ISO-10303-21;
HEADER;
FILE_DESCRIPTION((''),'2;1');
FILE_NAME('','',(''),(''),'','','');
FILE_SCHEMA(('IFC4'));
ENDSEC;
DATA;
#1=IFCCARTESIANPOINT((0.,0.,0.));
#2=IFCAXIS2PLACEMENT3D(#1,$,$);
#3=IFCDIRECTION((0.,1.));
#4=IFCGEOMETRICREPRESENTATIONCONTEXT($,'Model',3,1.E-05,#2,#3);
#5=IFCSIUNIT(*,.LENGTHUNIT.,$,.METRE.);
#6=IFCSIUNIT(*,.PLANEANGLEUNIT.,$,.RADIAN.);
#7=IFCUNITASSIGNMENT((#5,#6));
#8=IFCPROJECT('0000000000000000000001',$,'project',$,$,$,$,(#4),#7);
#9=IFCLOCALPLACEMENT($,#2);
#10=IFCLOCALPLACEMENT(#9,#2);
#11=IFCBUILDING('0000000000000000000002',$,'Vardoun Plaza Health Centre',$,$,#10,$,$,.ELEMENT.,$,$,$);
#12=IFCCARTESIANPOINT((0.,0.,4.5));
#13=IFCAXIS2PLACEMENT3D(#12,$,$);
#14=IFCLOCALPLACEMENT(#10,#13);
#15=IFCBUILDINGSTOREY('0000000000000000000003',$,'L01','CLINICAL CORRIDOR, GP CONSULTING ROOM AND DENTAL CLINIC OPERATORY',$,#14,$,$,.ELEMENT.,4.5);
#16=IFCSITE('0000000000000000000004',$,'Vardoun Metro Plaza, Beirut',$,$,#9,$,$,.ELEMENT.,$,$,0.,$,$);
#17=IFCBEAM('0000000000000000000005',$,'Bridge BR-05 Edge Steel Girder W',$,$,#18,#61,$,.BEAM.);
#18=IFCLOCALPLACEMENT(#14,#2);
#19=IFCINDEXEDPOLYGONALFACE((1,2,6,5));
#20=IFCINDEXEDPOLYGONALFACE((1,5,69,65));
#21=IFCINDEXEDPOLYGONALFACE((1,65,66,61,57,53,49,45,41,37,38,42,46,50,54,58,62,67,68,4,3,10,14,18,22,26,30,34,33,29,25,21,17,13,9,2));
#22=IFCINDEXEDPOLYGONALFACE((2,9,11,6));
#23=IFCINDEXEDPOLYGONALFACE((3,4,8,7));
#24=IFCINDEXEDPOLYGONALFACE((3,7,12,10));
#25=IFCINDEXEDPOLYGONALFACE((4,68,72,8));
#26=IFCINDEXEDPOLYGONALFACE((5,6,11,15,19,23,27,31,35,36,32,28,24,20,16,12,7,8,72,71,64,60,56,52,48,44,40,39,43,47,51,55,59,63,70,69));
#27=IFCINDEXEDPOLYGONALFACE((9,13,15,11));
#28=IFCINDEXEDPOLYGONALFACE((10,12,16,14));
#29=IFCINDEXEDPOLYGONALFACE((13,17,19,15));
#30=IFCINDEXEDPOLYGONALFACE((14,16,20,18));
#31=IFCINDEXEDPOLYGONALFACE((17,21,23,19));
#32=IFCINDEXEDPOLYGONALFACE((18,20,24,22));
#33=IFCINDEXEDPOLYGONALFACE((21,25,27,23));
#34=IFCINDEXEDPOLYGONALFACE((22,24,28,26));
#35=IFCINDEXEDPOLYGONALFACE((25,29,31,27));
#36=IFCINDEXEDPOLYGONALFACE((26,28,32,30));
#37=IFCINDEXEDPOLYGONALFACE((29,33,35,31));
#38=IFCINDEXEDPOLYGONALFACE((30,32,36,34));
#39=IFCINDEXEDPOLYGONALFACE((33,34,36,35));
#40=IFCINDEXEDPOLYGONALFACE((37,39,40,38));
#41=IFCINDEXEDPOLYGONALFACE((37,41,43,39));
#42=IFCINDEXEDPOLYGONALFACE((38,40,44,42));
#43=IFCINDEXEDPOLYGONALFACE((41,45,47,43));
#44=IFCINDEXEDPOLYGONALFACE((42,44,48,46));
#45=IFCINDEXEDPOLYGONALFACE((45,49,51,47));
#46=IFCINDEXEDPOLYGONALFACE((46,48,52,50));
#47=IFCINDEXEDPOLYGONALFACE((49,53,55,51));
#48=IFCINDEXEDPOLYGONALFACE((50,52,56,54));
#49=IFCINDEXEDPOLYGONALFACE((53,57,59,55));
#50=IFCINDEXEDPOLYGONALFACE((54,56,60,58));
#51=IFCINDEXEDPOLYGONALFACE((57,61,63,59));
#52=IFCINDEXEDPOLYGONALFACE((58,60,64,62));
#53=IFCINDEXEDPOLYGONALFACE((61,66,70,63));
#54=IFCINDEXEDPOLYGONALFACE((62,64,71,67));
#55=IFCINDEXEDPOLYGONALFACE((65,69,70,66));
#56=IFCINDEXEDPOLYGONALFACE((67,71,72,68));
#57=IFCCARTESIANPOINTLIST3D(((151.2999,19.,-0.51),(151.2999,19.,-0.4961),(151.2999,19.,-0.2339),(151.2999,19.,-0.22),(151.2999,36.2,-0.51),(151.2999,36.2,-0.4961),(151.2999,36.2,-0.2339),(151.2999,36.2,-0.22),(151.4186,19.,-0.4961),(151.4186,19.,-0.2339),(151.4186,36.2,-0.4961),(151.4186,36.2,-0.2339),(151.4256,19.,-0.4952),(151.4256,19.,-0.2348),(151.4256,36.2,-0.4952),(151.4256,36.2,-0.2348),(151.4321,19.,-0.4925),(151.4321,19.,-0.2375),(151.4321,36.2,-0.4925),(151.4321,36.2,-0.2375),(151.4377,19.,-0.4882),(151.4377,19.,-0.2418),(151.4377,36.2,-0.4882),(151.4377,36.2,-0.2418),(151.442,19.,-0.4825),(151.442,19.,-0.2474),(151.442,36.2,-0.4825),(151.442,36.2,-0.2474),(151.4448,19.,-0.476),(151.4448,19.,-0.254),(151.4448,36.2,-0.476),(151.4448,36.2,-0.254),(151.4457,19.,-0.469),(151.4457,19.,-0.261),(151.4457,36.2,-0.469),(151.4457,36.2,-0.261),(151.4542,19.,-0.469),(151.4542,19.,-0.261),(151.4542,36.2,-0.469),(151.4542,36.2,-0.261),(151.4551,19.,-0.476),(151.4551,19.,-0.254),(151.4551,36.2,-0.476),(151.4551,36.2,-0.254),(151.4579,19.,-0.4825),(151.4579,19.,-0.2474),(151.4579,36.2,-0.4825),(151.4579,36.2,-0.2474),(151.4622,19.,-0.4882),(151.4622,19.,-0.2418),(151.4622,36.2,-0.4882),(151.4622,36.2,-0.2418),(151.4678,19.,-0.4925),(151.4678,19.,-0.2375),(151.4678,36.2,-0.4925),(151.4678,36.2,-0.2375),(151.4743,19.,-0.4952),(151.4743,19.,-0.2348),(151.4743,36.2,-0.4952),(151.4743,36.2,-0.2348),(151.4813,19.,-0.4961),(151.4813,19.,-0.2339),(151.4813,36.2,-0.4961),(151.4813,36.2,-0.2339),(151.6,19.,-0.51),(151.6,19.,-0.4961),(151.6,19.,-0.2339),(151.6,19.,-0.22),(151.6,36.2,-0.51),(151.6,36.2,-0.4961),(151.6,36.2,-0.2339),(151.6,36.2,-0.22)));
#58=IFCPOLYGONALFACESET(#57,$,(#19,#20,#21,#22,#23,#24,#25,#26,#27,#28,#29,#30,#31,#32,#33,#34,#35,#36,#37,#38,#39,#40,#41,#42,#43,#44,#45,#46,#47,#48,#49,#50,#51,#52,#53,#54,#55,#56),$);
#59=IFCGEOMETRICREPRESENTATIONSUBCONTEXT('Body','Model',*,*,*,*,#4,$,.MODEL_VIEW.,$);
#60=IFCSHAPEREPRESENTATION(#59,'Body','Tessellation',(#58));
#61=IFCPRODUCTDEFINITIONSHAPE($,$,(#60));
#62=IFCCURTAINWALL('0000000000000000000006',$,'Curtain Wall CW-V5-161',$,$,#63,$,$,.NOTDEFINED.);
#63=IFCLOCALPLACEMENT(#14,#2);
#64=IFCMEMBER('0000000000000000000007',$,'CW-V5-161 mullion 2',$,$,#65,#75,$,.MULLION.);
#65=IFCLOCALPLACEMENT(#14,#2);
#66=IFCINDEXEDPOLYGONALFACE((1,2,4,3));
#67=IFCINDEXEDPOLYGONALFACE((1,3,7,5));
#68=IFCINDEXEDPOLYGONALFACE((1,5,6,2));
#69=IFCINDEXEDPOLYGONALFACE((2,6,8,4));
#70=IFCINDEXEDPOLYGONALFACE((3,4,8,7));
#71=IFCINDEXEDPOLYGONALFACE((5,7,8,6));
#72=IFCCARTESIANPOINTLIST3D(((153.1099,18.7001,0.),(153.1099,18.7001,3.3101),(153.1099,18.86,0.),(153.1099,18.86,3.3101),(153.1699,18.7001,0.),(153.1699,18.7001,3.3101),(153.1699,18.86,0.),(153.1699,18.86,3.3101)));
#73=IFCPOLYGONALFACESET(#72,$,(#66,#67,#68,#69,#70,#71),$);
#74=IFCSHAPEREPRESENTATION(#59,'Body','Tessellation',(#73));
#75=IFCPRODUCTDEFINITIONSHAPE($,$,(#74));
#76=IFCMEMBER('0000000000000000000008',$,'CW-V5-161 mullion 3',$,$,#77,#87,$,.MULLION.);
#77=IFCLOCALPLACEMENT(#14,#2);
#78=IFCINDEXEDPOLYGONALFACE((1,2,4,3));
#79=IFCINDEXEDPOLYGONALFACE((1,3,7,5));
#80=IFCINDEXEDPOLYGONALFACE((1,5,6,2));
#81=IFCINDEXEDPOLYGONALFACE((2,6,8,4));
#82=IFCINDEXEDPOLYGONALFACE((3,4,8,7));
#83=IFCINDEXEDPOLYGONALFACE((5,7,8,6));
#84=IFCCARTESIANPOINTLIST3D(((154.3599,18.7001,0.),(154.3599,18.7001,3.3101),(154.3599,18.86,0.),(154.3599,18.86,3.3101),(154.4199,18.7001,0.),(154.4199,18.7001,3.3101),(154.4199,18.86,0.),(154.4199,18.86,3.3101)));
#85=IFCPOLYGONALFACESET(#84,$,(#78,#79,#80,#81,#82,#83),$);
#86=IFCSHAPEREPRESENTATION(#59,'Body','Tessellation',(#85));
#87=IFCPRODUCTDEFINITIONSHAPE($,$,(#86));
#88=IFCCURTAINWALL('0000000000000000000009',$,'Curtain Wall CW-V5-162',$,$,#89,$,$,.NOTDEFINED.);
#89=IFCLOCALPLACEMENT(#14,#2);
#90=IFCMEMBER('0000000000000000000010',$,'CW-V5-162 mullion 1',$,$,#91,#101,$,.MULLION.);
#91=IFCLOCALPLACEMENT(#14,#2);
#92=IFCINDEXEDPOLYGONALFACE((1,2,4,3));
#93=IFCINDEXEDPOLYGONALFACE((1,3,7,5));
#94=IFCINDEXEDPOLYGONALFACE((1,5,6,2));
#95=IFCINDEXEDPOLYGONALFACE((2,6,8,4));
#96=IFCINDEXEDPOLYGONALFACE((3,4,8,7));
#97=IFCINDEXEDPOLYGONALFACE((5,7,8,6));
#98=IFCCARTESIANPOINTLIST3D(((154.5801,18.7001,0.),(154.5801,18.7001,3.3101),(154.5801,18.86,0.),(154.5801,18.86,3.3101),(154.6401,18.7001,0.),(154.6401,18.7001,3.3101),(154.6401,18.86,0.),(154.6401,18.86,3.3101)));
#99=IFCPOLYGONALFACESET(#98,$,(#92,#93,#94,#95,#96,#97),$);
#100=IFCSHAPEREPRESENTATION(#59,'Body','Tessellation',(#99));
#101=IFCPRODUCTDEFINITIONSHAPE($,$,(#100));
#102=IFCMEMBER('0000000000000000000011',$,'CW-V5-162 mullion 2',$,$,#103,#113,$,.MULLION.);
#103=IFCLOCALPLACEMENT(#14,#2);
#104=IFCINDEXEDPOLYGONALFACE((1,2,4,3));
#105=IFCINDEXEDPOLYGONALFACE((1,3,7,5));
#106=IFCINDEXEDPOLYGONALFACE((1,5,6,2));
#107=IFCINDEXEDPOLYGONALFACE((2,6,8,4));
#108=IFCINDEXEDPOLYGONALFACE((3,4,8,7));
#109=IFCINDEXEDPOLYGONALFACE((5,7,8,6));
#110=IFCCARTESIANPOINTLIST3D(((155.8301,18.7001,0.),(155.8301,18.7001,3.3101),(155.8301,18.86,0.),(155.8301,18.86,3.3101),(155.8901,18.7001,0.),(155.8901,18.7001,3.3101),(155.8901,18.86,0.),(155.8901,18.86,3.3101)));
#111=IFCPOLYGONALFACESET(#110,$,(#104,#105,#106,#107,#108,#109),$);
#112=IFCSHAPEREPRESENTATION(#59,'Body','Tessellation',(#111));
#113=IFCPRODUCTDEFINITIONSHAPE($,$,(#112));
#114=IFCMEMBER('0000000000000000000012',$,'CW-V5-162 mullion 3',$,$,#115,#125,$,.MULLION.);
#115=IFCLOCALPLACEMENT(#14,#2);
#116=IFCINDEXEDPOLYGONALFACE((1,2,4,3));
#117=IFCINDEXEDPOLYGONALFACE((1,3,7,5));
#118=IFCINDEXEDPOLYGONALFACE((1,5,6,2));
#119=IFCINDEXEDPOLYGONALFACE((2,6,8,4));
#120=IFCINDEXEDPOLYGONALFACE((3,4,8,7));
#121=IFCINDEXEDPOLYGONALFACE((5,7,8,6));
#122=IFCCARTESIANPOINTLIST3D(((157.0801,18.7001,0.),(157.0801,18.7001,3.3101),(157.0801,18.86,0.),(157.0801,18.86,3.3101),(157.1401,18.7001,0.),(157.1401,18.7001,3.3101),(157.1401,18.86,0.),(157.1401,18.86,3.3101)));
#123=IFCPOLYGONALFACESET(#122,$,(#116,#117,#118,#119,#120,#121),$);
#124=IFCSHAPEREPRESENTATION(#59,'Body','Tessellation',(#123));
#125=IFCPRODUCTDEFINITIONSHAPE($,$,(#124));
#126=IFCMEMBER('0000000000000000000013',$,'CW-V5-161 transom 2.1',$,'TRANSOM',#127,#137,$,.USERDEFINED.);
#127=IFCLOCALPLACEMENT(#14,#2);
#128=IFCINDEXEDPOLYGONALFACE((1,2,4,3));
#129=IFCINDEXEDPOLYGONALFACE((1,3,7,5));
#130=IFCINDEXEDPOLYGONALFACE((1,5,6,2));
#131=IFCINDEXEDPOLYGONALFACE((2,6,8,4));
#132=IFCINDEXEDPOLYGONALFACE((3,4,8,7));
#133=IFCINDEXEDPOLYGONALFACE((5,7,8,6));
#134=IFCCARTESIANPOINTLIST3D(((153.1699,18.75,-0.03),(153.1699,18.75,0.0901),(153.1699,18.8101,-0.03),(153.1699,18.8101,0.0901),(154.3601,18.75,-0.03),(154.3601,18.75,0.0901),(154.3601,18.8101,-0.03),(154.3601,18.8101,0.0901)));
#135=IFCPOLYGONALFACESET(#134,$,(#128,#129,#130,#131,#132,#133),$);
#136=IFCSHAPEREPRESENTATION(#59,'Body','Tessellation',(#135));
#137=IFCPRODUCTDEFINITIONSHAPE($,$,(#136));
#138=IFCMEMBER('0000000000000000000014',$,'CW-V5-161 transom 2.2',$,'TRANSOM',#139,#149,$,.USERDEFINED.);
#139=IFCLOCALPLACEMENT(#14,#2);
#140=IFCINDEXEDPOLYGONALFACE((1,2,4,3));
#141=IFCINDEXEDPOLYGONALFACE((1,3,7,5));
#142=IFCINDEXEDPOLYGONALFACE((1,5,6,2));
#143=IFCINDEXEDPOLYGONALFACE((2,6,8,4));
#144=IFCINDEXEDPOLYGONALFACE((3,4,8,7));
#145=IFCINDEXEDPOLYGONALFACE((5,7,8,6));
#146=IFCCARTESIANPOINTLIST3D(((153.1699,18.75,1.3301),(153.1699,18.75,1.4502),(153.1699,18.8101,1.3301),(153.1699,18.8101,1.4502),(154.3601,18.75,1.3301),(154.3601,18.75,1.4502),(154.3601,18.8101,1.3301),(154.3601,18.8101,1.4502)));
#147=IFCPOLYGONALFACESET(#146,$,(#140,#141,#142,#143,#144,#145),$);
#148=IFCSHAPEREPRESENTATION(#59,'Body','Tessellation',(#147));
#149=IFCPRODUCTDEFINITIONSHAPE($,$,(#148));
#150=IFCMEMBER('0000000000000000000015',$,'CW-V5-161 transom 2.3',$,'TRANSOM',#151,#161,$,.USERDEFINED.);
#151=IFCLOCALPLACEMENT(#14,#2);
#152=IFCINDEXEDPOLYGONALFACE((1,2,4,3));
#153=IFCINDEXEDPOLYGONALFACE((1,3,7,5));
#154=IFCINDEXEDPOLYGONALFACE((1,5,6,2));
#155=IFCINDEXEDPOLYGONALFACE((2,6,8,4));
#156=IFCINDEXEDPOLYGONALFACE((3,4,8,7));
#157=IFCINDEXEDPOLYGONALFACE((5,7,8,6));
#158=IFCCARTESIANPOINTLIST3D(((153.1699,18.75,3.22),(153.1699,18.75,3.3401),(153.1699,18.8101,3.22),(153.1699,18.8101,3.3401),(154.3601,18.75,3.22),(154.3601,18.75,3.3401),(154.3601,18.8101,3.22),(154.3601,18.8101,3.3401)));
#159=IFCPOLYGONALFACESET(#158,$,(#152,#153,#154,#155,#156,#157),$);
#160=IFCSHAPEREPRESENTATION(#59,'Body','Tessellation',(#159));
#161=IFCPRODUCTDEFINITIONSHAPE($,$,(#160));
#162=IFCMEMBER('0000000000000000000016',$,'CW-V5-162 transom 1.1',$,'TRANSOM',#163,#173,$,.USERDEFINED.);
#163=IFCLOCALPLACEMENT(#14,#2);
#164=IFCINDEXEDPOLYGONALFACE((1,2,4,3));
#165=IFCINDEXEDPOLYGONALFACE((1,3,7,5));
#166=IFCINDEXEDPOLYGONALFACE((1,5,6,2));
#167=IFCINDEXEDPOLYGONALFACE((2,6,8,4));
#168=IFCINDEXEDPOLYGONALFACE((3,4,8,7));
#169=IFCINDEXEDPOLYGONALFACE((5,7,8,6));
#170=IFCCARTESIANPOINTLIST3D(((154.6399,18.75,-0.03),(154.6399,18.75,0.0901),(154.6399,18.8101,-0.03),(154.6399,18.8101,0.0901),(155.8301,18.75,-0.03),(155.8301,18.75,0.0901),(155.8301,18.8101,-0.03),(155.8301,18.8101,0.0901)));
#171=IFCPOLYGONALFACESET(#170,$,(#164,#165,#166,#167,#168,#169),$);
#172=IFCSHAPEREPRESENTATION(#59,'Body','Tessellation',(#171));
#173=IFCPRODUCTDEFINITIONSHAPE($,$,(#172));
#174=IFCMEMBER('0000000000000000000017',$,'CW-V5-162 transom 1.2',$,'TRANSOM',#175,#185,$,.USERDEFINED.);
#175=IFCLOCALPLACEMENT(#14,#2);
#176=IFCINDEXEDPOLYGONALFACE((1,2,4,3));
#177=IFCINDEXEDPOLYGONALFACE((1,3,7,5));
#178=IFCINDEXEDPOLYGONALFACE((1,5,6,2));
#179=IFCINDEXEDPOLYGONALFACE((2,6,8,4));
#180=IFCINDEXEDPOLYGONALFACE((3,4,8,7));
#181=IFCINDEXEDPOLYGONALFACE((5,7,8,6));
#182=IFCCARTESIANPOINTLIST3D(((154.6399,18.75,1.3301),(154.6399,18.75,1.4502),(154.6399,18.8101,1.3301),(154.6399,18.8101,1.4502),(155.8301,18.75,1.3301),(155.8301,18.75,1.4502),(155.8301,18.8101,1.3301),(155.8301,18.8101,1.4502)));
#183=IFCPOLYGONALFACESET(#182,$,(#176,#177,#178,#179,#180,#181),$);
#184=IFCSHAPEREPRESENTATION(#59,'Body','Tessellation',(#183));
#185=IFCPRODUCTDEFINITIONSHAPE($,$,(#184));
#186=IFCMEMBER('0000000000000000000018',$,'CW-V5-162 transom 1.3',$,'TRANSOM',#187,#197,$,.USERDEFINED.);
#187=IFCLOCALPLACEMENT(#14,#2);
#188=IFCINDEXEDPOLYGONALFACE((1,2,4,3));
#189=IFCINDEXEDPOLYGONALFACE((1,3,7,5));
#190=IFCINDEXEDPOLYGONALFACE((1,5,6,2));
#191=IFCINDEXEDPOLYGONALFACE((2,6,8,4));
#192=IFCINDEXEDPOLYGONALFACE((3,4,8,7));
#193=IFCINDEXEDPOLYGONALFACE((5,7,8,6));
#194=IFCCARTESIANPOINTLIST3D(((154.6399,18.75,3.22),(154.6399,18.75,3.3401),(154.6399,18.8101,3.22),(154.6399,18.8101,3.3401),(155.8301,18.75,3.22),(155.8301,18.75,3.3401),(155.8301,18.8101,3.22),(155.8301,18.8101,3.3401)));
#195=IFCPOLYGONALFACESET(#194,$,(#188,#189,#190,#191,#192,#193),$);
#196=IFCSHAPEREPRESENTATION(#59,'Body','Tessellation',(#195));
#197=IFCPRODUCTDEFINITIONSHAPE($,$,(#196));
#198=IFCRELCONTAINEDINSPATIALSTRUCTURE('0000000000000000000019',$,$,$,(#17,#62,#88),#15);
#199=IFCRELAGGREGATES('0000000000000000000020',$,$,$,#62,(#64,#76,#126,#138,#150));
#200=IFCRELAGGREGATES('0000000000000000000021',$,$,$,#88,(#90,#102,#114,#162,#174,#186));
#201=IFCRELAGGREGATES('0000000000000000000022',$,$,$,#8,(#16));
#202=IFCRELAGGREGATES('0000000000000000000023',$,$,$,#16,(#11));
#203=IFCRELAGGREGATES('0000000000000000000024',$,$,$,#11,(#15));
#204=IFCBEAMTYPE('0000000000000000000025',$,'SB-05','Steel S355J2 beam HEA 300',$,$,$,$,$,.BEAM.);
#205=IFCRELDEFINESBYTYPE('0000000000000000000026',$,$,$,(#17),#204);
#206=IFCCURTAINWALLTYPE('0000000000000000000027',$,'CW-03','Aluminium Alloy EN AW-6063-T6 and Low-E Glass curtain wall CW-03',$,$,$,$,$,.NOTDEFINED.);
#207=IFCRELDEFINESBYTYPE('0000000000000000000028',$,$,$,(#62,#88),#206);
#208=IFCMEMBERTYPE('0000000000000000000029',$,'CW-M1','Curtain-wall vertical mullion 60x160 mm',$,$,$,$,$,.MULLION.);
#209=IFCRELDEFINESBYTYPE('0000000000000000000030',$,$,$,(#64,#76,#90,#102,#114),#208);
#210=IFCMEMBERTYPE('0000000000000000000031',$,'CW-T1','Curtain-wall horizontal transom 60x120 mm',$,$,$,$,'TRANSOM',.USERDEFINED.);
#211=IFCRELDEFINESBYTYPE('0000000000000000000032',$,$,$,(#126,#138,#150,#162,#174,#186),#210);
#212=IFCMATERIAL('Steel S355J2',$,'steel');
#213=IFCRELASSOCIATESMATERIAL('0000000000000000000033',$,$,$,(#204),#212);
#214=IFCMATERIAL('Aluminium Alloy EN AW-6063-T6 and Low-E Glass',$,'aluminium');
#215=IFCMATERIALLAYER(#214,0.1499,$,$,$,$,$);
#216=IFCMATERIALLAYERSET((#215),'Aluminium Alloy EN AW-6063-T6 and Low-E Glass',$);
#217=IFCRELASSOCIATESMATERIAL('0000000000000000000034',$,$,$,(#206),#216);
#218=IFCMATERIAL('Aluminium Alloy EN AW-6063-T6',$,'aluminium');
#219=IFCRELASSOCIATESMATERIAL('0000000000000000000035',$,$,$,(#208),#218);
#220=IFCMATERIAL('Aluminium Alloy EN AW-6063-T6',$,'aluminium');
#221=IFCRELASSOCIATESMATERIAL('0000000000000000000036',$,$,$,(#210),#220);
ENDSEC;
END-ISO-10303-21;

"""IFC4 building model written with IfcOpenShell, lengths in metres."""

from ifc_helpers import new_model, si_unit, direction, frame, origin, origin_2d, place, context, subcontext, project, spatial, rectangle, i_section, extrude, material, layer, layer_set, material_profile, profile_set, type_object, element, aggregate, save


model = new_model("IFC4")

# Units and contexts
model_context = context("Model", 3, precision=1e-05, world=origin(), true_north=direction((0.0, 1.0)))
body_context = subcontext(model_context, "Body", "Model", "MODEL_VIEW")
ifc_project = project(units=[si_unit("LENGTHUNIT", "METRE"), si_unit("PLANEANGLEUNIT", "RADIAN")], contexts=[model_context])

# Site, building, storey
site_placement = place(None, origin())
site = spatial("IfcSite", under=ifc_project, at=site_placement, Name="Vardoun Metro Plaza, Beirut", CompositionType="ELEMENT", RefElevation=0.0)
building_placement = place(site_placement, origin())
building = spatial("IfcBuilding", under=site, at=building_placement, Name="Vardoun Plaza Health Centre", CompositionType="ELEMENT")
storey_placement = place(building_placement, frame((0.0, 0.0, 4.5)))
storey = spatial("IfcBuildingStorey", under=building, at=storey_placement, Name="L01", Description="CLINICAL CORRIDOR, GP CONSULTING ROOM AND DENTAL CLINIC OPERATORY", CompositionType="ELEMENT", Elevation=4.5)

# Beam
ifc_material_1 = material(Name="Steel S355J2", Category="steel")
ifc_material_profile_1 = material_profile(ifc_material_1, i_section(OverallWidth=0.3, OverallDepth=0.29, WebThickness=0.0085, FlangeThickness=0.0139, FilletRadius=0.0271, at=origin_2d()), Name="HEA 300")
ifc_profile_set_1 = profile_set([ifc_material_profile_1], Name="Steel S355J2")
beam_type = type_object("IfcBeamType", Name="SB-05", Description="Steel S355J2 beam HEA 300", PredefinedType="BEAM", material=ifc_profile_set_1)
beam_placement = place(storey_placement, frame((151.45, 19.0, -0.365), z_axis=(0.0, 1.0, 0.0), x_axis=(-1.0, 0.0, 0.0)))
element("IfcBeam", 1, at=beam_placement, inside=storey, type_object=beam_type, Name="Bridge BR-05 Edge Steel Girder W", PredefinedType="BEAM", context=body_context, shape_type="SweptSolid", body=[
    extrude(i_section(OverallWidth=0.3, OverallDepth=0.29, WebThickness=0.0085, FlangeThickness=0.0139, FilletRadius=0.0271, at=origin_2d()), origin(), (0.0, 0.0, 1.0), 17.2),
])

# Curtain walls, members
ifc_material_2 = material(Name="Aluminium Alloy EN AW-6063-T6 and Low-E Glass", Category="aluminium")
ifc_layer_1 = layer(ifc_material_2, 0.1499)
ifc_layer_set_1 = layer_set([ifc_layer_1], Name="Aluminium Alloy EN AW-6063-T6 and Low-E Glass")
curtain_wall_type = type_object("IfcCurtainWallType", Name="CW-03", Description="Aluminium Alloy EN AW-6063-T6 and Low-E Glass curtain wall CW-03", PredefinedType="NOTDEFINED", material=ifc_layer_set_1)
curtain_wall_1_placement = place(storey_placement, origin())
curtain_wall_1 = element("IfcCurtainWall", 2, at=curtain_wall_1_placement, inside=storey, type_object=curtain_wall_type, Name="Curtain Wall CW-V5-161", PredefinedType="NOTDEFINED")
ifc_material_3 = material(Name="Aluminium Alloy EN AW-6063-T6", Category="aluminium")
ifc_material_profile_2 = material_profile(ifc_material_3, rectangle(XDim=0.1599, YDim=0.0601, at=origin_2d()), Name="CWM 60x160")
ifc_profile_set_2 = profile_set([ifc_material_profile_2], Name="Aluminium Alloy EN AW-6063-T6")
member_type_1 = type_object("IfcMemberType", Name="CW-M1", Description="Curtain-wall vertical mullion 60x160 mm", PredefinedType="MULLION", material=ifc_profile_set_2)
member_1_placement = place(storey_placement, frame((153.1399, 18.78, 0.0), z_axis=(0.0, 0.0, 1.0), x_axis=(0.0, 1.0, 0.0)))
member_1 = element("IfcMember", 3, at=member_1_placement, type_object=member_type_1, Name="CW-V5-161 mullion 2", PredefinedType="MULLION", context=body_context, shape_type="SweptSolid", body=[
    extrude(rectangle(XDim=0.1599, YDim=0.0601, at=origin_2d()), origin(), (0.0, 0.0, 1.0), 3.3101),
])
member_2_placement = place(storey_placement, frame((154.3899, 18.78, 0.0), z_axis=(0.0, 0.0, 1.0), x_axis=(0.0, 1.0, 0.0)))
member_2 = element("IfcMember", 4, at=member_2_placement, type_object=member_type_1, Name="CW-V5-161 mullion 3", PredefinedType="MULLION", context=body_context, shape_type="SweptSolid", body=[
    extrude(rectangle(XDim=0.1599, YDim=0.0601, at=origin_2d()), origin(), (0.0, 0.0, 1.0), 3.3101),
])
curtain_wall_2_placement = place(storey_placement, origin())
curtain_wall_2 = element("IfcCurtainWall", 5, at=curtain_wall_2_placement, inside=storey, type_object=curtain_wall_type, Name="Curtain Wall CW-V5-162", PredefinedType="NOTDEFINED")
member_3_placement = place(storey_placement, frame((154.6101, 18.78, 0.0), z_axis=(0.0, 0.0, 1.0), x_axis=(0.0, 1.0, 0.0)))
member_3 = element("IfcMember", 6, at=member_3_placement, type_object=member_type_1, Name="CW-V5-162 mullion 1", PredefinedType="MULLION", context=body_context, shape_type="SweptSolid", body=[
    extrude(rectangle(XDim=0.1599, YDim=0.0601, at=origin_2d()), origin(), (0.0, 0.0, 1.0), 3.3101),
])
member_4_placement = place(storey_placement, frame((155.8601, 18.78, 0.0), z_axis=(0.0, 0.0, 1.0), x_axis=(0.0, 1.0, 0.0)))
member_4 = element("IfcMember", 7, at=member_4_placement, type_object=member_type_1, Name="CW-V5-162 mullion 2", PredefinedType="MULLION", context=body_context, shape_type="SweptSolid", body=[
    extrude(rectangle(XDim=0.1599, YDim=0.0601, at=origin_2d()), origin(), (0.0, 0.0, 1.0), 3.3101),
])
member_5_placement = place(storey_placement, frame((157.1101, 18.78, 0.0), z_axis=(0.0, 0.0, 1.0), x_axis=(0.0, 1.0, 0.0)))
member_5 = element("IfcMember", 8, at=member_5_placement, type_object=member_type_1, Name="CW-V5-162 mullion 3", PredefinedType="MULLION", context=body_context, shape_type="SweptSolid", body=[
    extrude(rectangle(XDim=0.1599, YDim=0.0601, at=origin_2d()), origin(), (0.0, 0.0, 1.0), 3.3101),
])

# Members
ifc_material_4 = material(Name="Aluminium Alloy EN AW-6063-T6", Category="aluminium")
ifc_material_profile_3 = material_profile(ifc_material_4, rectangle(XDim=0.0601, YDim=0.1201, at=origin_2d()), Name="CWT 60x120")
ifc_profile_set_3 = profile_set([ifc_material_profile_3], Name="Aluminium Alloy EN AW-6063-T6")
member_type_2 = type_object("IfcMemberType", Name="CW-T1", Description="Curtain-wall horizontal transom 60x120 mm", ElementType="TRANSOM", PredefinedType="USERDEFINED", material=ifc_profile_set_3)
member_6_placement = place(storey_placement, frame((153.1699, 18.78, 0.03), z_axis=(1.0, 0.0, 0.0), x_axis=(0.0, 1.0, 0.0)))
member_6 = element("IfcMember", 9, at=member_6_placement, type_object=member_type_2, Name="CW-V5-161 transom 2.1", ObjectType="TRANSOM", PredefinedType="USERDEFINED", context=body_context, shape_type="SweptSolid", body=[
    extrude(rectangle(XDim=0.0601, YDim=0.1201, at=origin_2d()), origin(), (0.0, 0.0, 1.0), 1.1902),
])
member_7_placement = place(storey_placement, frame((153.1699, 18.78, 1.3901), z_axis=(1.0, 0.0, 0.0), x_axis=(0.0, 1.0, 0.0)))
member_7 = element("IfcMember", 10, at=member_7_placement, type_object=member_type_2, Name="CW-V5-161 transom 2.2", ObjectType="TRANSOM", PredefinedType="USERDEFINED", context=body_context, shape_type="SweptSolid", body=[
    extrude(rectangle(XDim=0.0601, YDim=0.1201, at=origin_2d()), origin(), (0.0, 0.0, 1.0), 1.1902),
])
member_8_placement = place(storey_placement, frame((153.1699, 18.78, 3.28), z_axis=(1.0, 0.0, 0.0), x_axis=(0.0, 1.0, 0.0)))
member_8 = element("IfcMember", 11, at=member_8_placement, type_object=member_type_2, Name="CW-V5-161 transom 2.3", ObjectType="TRANSOM", PredefinedType="USERDEFINED", context=body_context, shape_type="SweptSolid", body=[
    extrude(rectangle(XDim=0.0601, YDim=0.1201, at=origin_2d()), origin(), (0.0, 0.0, 1.0), 1.1902),
])
member_9_placement = place(storey_placement, frame((154.6399, 18.78, 0.03), z_axis=(1.0, 0.0, 0.0), x_axis=(0.0, 1.0, 0.0)))
member_9 = element("IfcMember", 12, at=member_9_placement, type_object=member_type_2, Name="CW-V5-162 transom 1.1", ObjectType="TRANSOM", PredefinedType="USERDEFINED", context=body_context, shape_type="SweptSolid", body=[
    extrude(rectangle(XDim=0.0601, YDim=0.1201, at=origin_2d()), origin(), (0.0, 0.0, 1.0), 1.1902),
])
member_10_placement = place(storey_placement, frame((154.6399, 18.78, 1.3901), z_axis=(1.0, 0.0, 0.0), x_axis=(0.0, 1.0, 0.0)))
member_10 = element("IfcMember", 13, at=member_10_placement, type_object=member_type_2, Name="CW-V5-162 transom 1.2", ObjectType="TRANSOM", PredefinedType="USERDEFINED", context=body_context, shape_type="SweptSolid", body=[
    extrude(rectangle(XDim=0.0601, YDim=0.1201, at=origin_2d()), origin(), (0.0, 0.0, 1.0), 1.1902),
])
member_11_placement = place(storey_placement, frame((154.6399, 18.78, 3.28), z_axis=(1.0, 0.0, 0.0), x_axis=(0.0, 1.0, 0.0)))
member_11 = element("IfcMember", 14, at=member_11_placement, type_object=member_type_2, Name="CW-V5-162 transom 1.3", ObjectType="TRANSOM", PredefinedType="USERDEFINED", context=body_context, shape_type="SweptSolid", body=[
    extrude(rectangle(XDim=0.0601, YDim=0.1201, at=origin_2d()), origin(), (0.0, 0.0, 1.0), 1.1902),
])

aggregate(curtain_wall_1, [member_1, member_2, member_6, member_7, member_8])
aggregate(curtain_wall_2, [member_3, member_4, member_5, member_9, member_10, member_11])

save(model, "model.ifc")
